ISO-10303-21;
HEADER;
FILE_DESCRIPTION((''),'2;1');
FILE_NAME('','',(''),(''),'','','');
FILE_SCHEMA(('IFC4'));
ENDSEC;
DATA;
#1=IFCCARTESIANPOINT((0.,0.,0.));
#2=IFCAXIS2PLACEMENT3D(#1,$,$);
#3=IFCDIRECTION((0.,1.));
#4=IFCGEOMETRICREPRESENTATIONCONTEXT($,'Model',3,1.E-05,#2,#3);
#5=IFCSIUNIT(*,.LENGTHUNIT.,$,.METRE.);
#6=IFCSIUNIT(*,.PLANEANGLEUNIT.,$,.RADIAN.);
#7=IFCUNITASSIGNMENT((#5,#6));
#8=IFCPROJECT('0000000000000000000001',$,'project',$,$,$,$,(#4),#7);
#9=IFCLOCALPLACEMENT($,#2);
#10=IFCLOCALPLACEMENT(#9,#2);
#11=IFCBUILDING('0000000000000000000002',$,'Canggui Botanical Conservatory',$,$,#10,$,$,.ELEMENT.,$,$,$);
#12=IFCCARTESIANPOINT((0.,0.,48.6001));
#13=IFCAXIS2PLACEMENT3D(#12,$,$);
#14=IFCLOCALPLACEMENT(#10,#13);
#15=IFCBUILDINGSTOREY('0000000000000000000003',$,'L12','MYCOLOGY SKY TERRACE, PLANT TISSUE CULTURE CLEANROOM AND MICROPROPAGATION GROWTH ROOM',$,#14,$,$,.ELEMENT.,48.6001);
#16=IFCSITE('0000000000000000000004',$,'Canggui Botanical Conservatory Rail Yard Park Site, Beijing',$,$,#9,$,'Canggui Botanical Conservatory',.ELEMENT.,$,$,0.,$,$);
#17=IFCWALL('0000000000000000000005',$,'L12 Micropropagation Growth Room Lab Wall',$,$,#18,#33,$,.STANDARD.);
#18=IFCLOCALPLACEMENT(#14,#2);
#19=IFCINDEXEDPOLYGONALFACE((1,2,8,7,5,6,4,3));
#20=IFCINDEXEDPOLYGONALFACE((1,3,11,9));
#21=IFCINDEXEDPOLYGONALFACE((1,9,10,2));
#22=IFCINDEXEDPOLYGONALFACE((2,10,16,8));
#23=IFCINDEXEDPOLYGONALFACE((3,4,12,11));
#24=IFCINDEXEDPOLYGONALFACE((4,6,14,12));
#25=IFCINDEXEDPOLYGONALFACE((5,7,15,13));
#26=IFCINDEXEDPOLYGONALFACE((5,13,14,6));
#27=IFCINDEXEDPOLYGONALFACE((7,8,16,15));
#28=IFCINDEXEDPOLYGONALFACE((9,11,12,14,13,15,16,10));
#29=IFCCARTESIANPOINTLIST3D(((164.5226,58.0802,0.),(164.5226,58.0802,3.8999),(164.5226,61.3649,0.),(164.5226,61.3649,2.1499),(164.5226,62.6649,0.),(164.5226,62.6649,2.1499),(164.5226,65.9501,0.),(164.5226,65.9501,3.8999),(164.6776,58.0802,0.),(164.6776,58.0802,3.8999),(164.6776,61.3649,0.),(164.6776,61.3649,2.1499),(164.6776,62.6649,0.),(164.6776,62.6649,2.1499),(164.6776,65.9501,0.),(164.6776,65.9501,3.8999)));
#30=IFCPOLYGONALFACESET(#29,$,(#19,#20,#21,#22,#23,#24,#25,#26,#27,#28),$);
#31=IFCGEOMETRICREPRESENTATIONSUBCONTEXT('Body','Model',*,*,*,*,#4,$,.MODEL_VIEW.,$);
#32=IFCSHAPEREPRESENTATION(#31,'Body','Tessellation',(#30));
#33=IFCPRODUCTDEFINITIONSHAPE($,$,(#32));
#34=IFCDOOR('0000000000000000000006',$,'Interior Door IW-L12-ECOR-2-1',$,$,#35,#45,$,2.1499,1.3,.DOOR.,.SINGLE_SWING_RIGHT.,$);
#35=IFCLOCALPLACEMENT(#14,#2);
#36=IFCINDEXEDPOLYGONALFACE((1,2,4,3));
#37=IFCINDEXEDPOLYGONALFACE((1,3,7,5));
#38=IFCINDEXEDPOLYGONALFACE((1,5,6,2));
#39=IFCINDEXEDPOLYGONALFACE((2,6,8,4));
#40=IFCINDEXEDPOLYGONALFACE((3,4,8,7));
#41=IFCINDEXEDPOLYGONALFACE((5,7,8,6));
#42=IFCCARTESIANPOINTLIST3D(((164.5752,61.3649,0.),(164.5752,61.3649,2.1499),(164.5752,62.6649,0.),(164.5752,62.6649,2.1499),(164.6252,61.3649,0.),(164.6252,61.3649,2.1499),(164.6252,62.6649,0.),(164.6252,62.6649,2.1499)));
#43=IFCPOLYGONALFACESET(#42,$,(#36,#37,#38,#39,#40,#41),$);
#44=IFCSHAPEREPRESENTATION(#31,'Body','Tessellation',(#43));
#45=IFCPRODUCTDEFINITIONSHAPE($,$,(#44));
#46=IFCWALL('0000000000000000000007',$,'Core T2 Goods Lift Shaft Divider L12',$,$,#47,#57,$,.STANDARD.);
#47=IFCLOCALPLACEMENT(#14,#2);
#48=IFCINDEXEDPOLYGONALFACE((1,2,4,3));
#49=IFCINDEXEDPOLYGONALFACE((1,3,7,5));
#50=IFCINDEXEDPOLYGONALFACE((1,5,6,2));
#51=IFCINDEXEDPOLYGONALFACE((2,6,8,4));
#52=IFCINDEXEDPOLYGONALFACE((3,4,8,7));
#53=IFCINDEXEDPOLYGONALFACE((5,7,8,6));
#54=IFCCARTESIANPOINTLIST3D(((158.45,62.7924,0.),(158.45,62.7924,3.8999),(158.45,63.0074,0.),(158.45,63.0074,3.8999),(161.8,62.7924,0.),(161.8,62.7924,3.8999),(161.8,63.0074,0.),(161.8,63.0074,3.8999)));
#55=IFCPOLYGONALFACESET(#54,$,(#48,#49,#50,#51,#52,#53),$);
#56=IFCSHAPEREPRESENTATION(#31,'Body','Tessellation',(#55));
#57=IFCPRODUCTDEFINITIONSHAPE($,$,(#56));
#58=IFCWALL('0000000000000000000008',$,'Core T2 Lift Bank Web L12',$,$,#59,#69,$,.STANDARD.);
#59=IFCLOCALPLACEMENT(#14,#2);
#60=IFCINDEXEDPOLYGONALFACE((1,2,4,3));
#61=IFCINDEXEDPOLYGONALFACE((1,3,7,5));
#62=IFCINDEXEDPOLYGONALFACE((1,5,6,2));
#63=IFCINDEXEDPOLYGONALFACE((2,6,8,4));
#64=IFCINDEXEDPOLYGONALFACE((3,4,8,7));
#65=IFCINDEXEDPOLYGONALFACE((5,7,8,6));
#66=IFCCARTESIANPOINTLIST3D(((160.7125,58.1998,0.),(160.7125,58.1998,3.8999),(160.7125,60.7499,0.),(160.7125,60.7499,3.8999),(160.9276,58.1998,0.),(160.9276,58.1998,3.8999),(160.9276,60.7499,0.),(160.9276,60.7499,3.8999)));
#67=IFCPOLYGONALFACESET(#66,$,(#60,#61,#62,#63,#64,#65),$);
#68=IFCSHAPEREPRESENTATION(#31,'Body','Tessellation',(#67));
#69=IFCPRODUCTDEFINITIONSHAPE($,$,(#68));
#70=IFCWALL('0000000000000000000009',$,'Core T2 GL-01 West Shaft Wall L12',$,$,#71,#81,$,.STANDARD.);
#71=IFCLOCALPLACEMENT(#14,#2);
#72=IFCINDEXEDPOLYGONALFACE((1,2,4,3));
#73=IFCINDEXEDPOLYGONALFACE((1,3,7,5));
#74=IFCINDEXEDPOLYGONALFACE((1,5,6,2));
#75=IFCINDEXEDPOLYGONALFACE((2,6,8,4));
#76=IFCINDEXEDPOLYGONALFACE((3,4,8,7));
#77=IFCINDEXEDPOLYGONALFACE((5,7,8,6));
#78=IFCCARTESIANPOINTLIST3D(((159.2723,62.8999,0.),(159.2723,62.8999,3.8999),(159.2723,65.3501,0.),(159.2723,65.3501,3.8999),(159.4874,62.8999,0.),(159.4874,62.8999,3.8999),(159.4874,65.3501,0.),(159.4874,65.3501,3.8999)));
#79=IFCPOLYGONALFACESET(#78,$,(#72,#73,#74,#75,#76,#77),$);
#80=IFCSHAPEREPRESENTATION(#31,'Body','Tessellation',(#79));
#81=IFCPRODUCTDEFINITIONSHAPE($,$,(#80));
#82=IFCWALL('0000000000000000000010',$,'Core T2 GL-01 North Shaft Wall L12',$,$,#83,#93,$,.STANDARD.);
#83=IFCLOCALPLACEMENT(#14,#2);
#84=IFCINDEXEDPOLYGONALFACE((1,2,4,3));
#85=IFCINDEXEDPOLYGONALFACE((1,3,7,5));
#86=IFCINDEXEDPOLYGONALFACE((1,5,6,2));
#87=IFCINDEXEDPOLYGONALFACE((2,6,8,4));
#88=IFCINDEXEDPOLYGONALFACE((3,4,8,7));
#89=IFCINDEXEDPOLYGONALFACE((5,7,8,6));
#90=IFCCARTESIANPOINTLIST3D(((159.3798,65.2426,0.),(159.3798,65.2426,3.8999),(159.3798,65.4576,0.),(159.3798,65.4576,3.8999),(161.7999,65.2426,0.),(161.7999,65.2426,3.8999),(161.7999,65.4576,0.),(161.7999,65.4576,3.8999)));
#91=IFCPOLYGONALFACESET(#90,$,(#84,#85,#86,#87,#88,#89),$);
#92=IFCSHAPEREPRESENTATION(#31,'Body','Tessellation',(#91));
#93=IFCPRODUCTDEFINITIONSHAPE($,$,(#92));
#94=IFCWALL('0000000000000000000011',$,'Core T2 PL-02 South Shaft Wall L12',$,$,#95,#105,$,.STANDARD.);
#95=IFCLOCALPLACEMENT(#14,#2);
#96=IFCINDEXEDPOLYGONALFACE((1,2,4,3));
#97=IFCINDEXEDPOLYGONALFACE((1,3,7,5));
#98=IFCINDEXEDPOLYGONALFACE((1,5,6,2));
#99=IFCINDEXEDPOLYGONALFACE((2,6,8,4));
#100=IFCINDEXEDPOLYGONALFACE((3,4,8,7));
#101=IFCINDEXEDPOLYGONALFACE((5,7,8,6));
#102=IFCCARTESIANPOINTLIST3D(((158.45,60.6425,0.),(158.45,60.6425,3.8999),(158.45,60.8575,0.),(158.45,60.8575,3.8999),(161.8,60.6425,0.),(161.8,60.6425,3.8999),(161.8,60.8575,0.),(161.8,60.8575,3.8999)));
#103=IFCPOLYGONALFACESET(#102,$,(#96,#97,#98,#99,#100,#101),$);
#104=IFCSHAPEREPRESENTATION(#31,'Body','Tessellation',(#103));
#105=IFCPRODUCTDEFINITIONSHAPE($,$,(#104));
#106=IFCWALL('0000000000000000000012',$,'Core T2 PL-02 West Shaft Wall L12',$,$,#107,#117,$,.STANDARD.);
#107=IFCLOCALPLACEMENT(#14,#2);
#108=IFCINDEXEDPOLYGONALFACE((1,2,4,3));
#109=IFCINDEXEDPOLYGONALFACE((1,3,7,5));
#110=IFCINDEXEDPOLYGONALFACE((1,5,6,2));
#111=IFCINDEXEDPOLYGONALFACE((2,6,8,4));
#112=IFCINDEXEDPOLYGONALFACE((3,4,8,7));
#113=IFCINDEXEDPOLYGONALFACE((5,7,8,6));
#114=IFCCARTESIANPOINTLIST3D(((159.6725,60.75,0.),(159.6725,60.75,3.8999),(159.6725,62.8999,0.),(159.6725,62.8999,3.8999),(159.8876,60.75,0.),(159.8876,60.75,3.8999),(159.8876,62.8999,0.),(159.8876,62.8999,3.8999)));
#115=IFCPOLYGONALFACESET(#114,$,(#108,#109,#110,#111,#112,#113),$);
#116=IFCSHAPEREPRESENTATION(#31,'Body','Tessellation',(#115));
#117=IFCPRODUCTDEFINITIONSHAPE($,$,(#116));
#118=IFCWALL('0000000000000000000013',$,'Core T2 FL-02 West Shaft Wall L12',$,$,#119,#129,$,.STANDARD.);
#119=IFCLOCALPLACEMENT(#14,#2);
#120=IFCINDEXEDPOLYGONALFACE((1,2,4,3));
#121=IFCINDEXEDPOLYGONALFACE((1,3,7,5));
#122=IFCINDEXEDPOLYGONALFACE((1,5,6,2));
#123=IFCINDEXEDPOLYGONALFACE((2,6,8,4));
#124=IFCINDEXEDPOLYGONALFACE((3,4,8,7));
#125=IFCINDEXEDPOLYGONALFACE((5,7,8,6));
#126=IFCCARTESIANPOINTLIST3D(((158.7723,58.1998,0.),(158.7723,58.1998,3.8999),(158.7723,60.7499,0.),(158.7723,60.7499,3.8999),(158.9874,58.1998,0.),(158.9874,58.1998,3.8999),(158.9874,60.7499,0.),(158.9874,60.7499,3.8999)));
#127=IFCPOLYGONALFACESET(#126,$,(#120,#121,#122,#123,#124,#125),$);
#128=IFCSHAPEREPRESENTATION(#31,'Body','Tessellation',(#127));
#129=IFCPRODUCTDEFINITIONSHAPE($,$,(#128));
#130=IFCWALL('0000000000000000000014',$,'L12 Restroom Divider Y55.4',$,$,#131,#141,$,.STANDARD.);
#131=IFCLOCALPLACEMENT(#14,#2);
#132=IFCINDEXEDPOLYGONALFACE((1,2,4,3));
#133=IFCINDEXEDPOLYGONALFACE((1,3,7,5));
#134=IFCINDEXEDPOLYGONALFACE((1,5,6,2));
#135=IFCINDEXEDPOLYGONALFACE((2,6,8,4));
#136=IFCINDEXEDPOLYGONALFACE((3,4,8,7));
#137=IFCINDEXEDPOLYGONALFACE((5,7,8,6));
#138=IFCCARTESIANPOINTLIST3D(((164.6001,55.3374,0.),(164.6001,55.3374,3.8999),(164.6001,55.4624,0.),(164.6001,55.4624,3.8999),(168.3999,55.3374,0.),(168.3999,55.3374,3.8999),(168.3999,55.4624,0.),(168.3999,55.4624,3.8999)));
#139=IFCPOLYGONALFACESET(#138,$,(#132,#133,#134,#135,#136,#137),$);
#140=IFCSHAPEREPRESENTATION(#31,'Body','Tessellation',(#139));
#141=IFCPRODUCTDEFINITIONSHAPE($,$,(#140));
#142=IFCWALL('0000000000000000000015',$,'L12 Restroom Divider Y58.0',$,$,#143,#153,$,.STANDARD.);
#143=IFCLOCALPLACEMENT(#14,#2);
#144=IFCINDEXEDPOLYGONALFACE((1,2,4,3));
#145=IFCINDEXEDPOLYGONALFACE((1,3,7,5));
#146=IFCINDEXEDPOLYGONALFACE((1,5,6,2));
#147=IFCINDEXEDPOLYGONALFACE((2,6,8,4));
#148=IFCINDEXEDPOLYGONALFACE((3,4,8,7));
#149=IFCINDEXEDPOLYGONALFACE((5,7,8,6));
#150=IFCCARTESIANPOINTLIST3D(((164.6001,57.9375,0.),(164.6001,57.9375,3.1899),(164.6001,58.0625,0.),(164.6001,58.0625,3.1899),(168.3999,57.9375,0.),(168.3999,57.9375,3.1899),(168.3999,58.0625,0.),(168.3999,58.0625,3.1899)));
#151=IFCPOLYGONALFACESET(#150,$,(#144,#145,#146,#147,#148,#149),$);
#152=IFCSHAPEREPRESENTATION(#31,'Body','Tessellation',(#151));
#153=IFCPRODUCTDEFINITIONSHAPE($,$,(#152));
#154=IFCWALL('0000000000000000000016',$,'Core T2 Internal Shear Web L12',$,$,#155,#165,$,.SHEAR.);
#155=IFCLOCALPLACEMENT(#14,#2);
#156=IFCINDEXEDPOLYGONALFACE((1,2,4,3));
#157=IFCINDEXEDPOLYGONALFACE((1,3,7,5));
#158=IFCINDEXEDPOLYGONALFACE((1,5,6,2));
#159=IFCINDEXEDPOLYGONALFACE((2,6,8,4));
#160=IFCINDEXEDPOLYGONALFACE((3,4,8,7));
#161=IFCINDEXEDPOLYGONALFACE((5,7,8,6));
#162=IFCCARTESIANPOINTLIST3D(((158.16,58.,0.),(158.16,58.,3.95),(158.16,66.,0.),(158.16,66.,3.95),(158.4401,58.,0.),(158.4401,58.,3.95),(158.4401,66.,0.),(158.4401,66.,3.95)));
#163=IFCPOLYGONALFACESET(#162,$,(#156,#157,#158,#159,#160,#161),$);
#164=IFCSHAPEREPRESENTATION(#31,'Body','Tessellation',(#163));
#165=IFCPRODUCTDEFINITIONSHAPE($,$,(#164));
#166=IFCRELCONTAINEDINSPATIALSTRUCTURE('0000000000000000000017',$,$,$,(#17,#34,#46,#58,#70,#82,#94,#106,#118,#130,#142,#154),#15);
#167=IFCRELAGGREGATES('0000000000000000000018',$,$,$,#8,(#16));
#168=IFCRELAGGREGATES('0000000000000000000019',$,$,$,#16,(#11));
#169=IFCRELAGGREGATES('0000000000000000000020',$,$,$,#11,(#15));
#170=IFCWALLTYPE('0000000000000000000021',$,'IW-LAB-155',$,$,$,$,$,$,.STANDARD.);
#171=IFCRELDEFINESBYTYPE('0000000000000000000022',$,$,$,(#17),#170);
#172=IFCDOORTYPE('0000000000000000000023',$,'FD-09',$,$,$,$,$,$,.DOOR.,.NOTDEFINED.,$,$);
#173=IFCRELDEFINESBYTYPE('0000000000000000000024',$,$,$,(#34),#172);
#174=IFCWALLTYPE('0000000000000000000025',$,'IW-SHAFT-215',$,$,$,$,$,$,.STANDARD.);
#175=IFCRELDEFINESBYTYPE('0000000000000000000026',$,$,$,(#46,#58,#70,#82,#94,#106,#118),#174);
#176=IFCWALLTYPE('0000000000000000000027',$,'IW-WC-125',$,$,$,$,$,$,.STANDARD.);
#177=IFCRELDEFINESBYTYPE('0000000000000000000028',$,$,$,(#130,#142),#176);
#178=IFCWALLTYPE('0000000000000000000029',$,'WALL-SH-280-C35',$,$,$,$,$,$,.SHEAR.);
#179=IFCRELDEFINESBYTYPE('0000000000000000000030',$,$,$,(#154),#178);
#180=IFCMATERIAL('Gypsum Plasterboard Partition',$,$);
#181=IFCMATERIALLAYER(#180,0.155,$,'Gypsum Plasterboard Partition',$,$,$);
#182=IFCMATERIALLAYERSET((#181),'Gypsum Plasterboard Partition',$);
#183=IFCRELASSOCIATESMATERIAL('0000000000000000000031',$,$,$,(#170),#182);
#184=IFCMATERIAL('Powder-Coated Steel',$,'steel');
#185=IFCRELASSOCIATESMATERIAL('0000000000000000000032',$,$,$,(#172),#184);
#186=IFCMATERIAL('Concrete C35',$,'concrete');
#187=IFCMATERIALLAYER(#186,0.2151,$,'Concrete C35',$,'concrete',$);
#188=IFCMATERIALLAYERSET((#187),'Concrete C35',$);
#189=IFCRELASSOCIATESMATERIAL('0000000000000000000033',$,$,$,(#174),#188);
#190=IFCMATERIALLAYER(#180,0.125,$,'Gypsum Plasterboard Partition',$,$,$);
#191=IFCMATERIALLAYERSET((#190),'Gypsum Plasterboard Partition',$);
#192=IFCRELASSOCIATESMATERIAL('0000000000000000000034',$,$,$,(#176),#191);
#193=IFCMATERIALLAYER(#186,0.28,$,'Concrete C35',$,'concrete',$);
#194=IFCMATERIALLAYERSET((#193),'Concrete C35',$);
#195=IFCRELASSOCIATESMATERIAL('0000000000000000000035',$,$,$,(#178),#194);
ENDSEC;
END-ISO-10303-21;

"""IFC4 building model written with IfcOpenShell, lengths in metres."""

from ifc_helpers import new_model, si_unit, direction, frame, frame_2d, origin, place, context, subcontext, project, spatial, rectangle, extrude, material, layer, layer_set, type_object, element, fill, save


model = new_model("IFC4")

# Units and contexts
model_context = context("Model", 3, precision=1e-05, world=origin(), true_north=direction((0.0, 1.0)))
body_context = subcontext(model_context, "Body", "Model", "MODEL_VIEW")
ifc_project = project(units=[si_unit("LENGTHUNIT", "METRE"), si_unit("PLANEANGLEUNIT", "RADIAN")], contexts=[model_context])

# Site, building, storey
site_placement = place(None, origin())
site = spatial("IfcSite", under=ifc_project, at=site_placement, Name="Canggui Botanical Conservatory Rail Yard Park Site, Beijing", LongName="Canggui Botanical Conservatory", CompositionType="ELEMENT", RefElevation=0.0)
building_placement = place(site_placement, origin())
building = spatial("IfcBuilding", under=site, at=building_placement, Name="Canggui Botanical Conservatory", CompositionType="ELEMENT")
storey_placement = place(building_placement, frame((0.0, 0.0, 48.6001)))
storey = spatial("IfcBuildingStorey", under=building, at=storey_placement, Name="L12", Description="MYCOLOGY SKY TERRACE, PLANT TISSUE CULTURE CLEANROOM AND MICROPROPAGATION GROWTH ROOM", CompositionType="ELEMENT", Elevation=48.6001)

# Shared definitions
ifc_material_1 = material(Name="Concrete C35", Category="concrete")

# Wall, opening, door
ifc_material_2 = material(Name="Gypsum Plasterboard Partition")
ifc_layer_1 = layer(ifc_material_2, 0.155, Name="Gypsum Plasterboard Partition")
ifc_layer_set_1 = layer_set([ifc_layer_1], Name="Gypsum Plasterboard Partition")
wall_type_1 = type_object("IfcWallType", Name="IW-LAB-155", PredefinedType="STANDARD", material=ifc_layer_set_1)
wall_1_placement = place(storey_placement, frame((164.6001, 58.0801, 0.0), z_axis=(0.0, 0.0, 1.0), x_axis=(0.0, 1.0, 0.0)))
wall_1 = element("IfcWall", 1, at=wall_1_placement, inside=storey, type_object=wall_type_1, Name="L12 Micropropagation Growth Room Lab Wall", PredefinedType="STANDARD", context=body_context, shape_type="SweptSolid", body=[
    extrude(rectangle(XDim=7.8699, YDim=0.155, at=frame_2d((3.9351, 0.0))), origin(), (0.0, 0.0, 1.0), 3.8999),
])
opening_1_placement = place(wall_1_placement, frame((3.2849, 0.0, 0.0)))
opening_1 = element("IfcOpeningElement", 2, at=opening_1_placement, cuts=wall_1, PredefinedType="OPENING", context=body_context, shape_type="SweptSolid", body=[
    extrude(rectangle(XDim=1.3, YDim=2.1499, at=frame_2d((0.6499, 1.075))), frame((0.0, 0.0874, 0.0), z_axis=(0.0, -1.0, 0.0), x_axis=(1.0, 0.0, 0.0)), (0.0, 0.0, 1.0), 0.175),
])
ifc_material_3 = material(Name="Powder-Coated Steel", Category="steel")
door_type_1 = type_object("IfcDoorType", Name="FD-09", OperationType="NOTDEFINED", PredefinedType="DOOR", material=ifc_material_3)
door_1_placement = place(opening_1_placement, origin())
door_1 = element("IfcDoor", 3, at=door_1_placement, inside=storey, type_object=door_type_1, Name="Interior Door IW-L12-ECOR-2-1", OperationType="SINGLE_SWING_RIGHT", OverallHeight=2.1499, OverallWidth=1.3, PredefinedType="DOOR", context=body_context, shape_type="SweptSolid", body=[
    extrude(rectangle(XDim=1.3, YDim=2.1499, at=frame_2d((0.6499, 1.075))), frame((0.0, 0.0249, 0.0), z_axis=(0.0, -1.0, 0.0), x_axis=(1.0, 0.0, 0.0)), (0.0, 0.0, 1.0), 0.05),
])
fill(opening_1, door_1)

# Walls
ifc_layer_2 = layer(ifc_material_1, 0.2151, Name="Concrete C35", Category="concrete")
ifc_layer_set_2 = layer_set([ifc_layer_2], Name="Concrete C35")
wall_type_2 = type_object("IfcWallType", Name="IW-SHAFT-215", PredefinedType="STANDARD", material=ifc_layer_set_2)
wall_2_placement = place(storey_placement, frame((158.45, 62.8999, 0.0), z_axis=(0.0, 0.0, 1.0), x_axis=(1.0, 0.0, 0.0)))
element("IfcWall", 4, at=wall_2_placement, inside=storey, type_object=wall_type_2, Name="Core T2 Goods Lift Shaft Divider L12", PredefinedType="STANDARD", context=body_context, shape_type="SweptSolid", body=[
    extrude(rectangle(XDim=3.3501, YDim=0.2151, at=frame_2d((1.675, 0.0))), origin(), (0.0, 0.0, 1.0), 3.8999),
])
wall_3_placement = place(storey_placement, frame((160.8201, 58.2, 0.0), z_axis=(0.0, 0.0, 1.0), x_axis=(0.0, 1.0, 0.0)))
element("IfcWall", 5, at=wall_3_placement, inside=storey, type_object=wall_type_2, Name="Core T2 Lift Bank Web L12", PredefinedType="STANDARD", context=body_context, shape_type="SweptSolid", body=[
    extrude(rectangle(XDim=2.55, YDim=0.2151, at=frame_2d((1.2749, 0.0))), origin(), (0.0, 0.0, 1.0), 3.8999),
])
wall_4_placement = place(storey_placement, frame((159.3799, 62.8999, 0.0), z_axis=(0.0, 0.0, 1.0), x_axis=(0.0, 1.0, 0.0)))
element("IfcWall", 6, at=wall_4_placement, inside=storey, type_object=wall_type_2, Name="Core T2 GL-01 West Shaft Wall L12", PredefinedType="STANDARD", context=body_context, shape_type="SweptSolid", body=[
    extrude(rectangle(XDim=2.4502, YDim=0.2151, at=frame_2d((1.2251, 0.0))), origin(), (0.0, 0.0, 1.0), 3.8999),
])
wall_5_placement = place(storey_placement, frame((159.3799, 65.3501, 0.0), z_axis=(0.0, 0.0, 1.0), x_axis=(1.0, 0.0, 0.0)))
element("IfcWall", 7, at=wall_5_placement, inside=storey, type_object=wall_type_2, Name="Core T2 GL-01 North Shaft Wall L12", PredefinedType="STANDARD", context=body_context, shape_type="SweptSolid", body=[
    extrude(rectangle(XDim=2.4202, YDim=0.2151, at=frame_2d((1.21, 0.0))), origin(), (0.0, 0.0, 1.0), 3.8999),
])
wall_6_placement = place(storey_placement, frame((158.45, 60.75, 0.0), z_axis=(0.0, 0.0, 1.0), x_axis=(1.0, 0.0, 0.0)))
element("IfcWall", 8, at=wall_6_placement, inside=storey, type_object=wall_type_2, Name="Core T2 PL-02 South Shaft Wall L12", PredefinedType="STANDARD", context=body_context, shape_type="SweptSolid", body=[
    extrude(rectangle(XDim=3.3501, YDim=0.2151, at=frame_2d((1.675, 0.0))), origin(), (0.0, 0.0, 1.0), 3.8999),
])
wall_7_placement = place(storey_placement, frame((159.78, 60.75, 0.0), z_axis=(0.0, 0.0, 1.0), x_axis=(0.0, 1.0, 0.0)))
element("IfcWall", 9, at=wall_7_placement, inside=storey, type_object=wall_type_2, Name="Core T2 PL-02 West Shaft Wall L12", PredefinedType="STANDARD", context=body_context, shape_type="SweptSolid", body=[
    extrude(rectangle(XDim=2.1499, YDim=0.2151, at=frame_2d((1.075, 0.0))), origin(), (0.0, 0.0, 1.0), 3.8999),
])
wall_8_placement = place(storey_placement, frame((158.8799, 58.2, 0.0), z_axis=(0.0, 0.0, 1.0), x_axis=(0.0, 1.0, 0.0)))
element("IfcWall", 10, at=wall_8_placement, inside=storey, type_object=wall_type_2, Name="Core T2 FL-02 West Shaft Wall L12", PredefinedType="STANDARD", context=body_context, shape_type="SweptSolid", body=[
    extrude(rectangle(XDim=2.55, YDim=0.2151, at=frame_2d((1.2749, 0.0))), origin(), (0.0, 0.0, 1.0), 3.8999),
])
ifc_layer_3 = layer(ifc_material_2, 0.125, Name="Gypsum Plasterboard Partition")
ifc_layer_set_3 = layer_set([ifc_layer_3], Name="Gypsum Plasterboard Partition")
wall_type_3 = type_object("IfcWallType", Name="IW-WC-125", PredefinedType="STANDARD", material=ifc_layer_set_3)
wall_9_placement = place(storey_placement, frame((164.6001, 55.3999, 0.0), z_axis=(0.0, 0.0, 1.0), x_axis=(1.0, 0.0, 0.0)))
element("IfcWall", 11, at=wall_9_placement, inside=storey, type_object=wall_type_3, Name="L12 Restroom Divider Y55.4", PredefinedType="STANDARD", context=body_context, shape_type="SweptSolid", body=[
    extrude(rectangle(XDim=3.7998, YDim=0.125, at=frame_2d((1.8999, 0.0))), origin(), (0.0, 0.0, 1.0), 3.8999),
])
wall_10_placement = place(storey_placement, frame((164.6001, 58.0, 0.0), z_axis=(0.0, 0.0, 1.0), x_axis=(1.0, 0.0, 0.0)))
element("IfcWall", 12, at=wall_10_placement, inside=storey, type_object=wall_type_3, Name="L12 Restroom Divider Y58.0", PredefinedType="STANDARD", context=body_context, shape_type="SweptSolid", body=[
    extrude(rectangle(XDim=3.7998, YDim=0.125, at=frame_2d((1.8999, 0.0))), origin(), (0.0, 0.0, 1.0), 3.1899),
])
ifc_layer_4 = layer(ifc_material_1, 0.28, Name="Concrete C35", Category="concrete")
ifc_layer_set_4 = layer_set([ifc_layer_4], Name="Concrete C35")
wall_type_4 = type_object("IfcWallType", Name="WALL-SH-280-C35", PredefinedType="SHEAR", material=ifc_layer_set_4)
wall_11_placement = place(storey_placement, frame((158.3, 58.0, 0.0), z_axis=(0.0, 0.0, 1.0), x_axis=(0.0, 1.0, 0.0)))
element("IfcWall", 13, at=wall_11_placement, inside=storey, type_object=wall_type_4, Name="Core T2 Internal Shear Web L12", PredefinedType="SHEAR", context=body_context, shape_type="SweptSolid", body=[
    extrude(rectangle(XDim=8.0, YDim=0.28, at=frame_2d((4.0, 0.0))), origin(), (0.0, 0.0, 1.0), 3.95),
])

save(model, "model.ifc")
